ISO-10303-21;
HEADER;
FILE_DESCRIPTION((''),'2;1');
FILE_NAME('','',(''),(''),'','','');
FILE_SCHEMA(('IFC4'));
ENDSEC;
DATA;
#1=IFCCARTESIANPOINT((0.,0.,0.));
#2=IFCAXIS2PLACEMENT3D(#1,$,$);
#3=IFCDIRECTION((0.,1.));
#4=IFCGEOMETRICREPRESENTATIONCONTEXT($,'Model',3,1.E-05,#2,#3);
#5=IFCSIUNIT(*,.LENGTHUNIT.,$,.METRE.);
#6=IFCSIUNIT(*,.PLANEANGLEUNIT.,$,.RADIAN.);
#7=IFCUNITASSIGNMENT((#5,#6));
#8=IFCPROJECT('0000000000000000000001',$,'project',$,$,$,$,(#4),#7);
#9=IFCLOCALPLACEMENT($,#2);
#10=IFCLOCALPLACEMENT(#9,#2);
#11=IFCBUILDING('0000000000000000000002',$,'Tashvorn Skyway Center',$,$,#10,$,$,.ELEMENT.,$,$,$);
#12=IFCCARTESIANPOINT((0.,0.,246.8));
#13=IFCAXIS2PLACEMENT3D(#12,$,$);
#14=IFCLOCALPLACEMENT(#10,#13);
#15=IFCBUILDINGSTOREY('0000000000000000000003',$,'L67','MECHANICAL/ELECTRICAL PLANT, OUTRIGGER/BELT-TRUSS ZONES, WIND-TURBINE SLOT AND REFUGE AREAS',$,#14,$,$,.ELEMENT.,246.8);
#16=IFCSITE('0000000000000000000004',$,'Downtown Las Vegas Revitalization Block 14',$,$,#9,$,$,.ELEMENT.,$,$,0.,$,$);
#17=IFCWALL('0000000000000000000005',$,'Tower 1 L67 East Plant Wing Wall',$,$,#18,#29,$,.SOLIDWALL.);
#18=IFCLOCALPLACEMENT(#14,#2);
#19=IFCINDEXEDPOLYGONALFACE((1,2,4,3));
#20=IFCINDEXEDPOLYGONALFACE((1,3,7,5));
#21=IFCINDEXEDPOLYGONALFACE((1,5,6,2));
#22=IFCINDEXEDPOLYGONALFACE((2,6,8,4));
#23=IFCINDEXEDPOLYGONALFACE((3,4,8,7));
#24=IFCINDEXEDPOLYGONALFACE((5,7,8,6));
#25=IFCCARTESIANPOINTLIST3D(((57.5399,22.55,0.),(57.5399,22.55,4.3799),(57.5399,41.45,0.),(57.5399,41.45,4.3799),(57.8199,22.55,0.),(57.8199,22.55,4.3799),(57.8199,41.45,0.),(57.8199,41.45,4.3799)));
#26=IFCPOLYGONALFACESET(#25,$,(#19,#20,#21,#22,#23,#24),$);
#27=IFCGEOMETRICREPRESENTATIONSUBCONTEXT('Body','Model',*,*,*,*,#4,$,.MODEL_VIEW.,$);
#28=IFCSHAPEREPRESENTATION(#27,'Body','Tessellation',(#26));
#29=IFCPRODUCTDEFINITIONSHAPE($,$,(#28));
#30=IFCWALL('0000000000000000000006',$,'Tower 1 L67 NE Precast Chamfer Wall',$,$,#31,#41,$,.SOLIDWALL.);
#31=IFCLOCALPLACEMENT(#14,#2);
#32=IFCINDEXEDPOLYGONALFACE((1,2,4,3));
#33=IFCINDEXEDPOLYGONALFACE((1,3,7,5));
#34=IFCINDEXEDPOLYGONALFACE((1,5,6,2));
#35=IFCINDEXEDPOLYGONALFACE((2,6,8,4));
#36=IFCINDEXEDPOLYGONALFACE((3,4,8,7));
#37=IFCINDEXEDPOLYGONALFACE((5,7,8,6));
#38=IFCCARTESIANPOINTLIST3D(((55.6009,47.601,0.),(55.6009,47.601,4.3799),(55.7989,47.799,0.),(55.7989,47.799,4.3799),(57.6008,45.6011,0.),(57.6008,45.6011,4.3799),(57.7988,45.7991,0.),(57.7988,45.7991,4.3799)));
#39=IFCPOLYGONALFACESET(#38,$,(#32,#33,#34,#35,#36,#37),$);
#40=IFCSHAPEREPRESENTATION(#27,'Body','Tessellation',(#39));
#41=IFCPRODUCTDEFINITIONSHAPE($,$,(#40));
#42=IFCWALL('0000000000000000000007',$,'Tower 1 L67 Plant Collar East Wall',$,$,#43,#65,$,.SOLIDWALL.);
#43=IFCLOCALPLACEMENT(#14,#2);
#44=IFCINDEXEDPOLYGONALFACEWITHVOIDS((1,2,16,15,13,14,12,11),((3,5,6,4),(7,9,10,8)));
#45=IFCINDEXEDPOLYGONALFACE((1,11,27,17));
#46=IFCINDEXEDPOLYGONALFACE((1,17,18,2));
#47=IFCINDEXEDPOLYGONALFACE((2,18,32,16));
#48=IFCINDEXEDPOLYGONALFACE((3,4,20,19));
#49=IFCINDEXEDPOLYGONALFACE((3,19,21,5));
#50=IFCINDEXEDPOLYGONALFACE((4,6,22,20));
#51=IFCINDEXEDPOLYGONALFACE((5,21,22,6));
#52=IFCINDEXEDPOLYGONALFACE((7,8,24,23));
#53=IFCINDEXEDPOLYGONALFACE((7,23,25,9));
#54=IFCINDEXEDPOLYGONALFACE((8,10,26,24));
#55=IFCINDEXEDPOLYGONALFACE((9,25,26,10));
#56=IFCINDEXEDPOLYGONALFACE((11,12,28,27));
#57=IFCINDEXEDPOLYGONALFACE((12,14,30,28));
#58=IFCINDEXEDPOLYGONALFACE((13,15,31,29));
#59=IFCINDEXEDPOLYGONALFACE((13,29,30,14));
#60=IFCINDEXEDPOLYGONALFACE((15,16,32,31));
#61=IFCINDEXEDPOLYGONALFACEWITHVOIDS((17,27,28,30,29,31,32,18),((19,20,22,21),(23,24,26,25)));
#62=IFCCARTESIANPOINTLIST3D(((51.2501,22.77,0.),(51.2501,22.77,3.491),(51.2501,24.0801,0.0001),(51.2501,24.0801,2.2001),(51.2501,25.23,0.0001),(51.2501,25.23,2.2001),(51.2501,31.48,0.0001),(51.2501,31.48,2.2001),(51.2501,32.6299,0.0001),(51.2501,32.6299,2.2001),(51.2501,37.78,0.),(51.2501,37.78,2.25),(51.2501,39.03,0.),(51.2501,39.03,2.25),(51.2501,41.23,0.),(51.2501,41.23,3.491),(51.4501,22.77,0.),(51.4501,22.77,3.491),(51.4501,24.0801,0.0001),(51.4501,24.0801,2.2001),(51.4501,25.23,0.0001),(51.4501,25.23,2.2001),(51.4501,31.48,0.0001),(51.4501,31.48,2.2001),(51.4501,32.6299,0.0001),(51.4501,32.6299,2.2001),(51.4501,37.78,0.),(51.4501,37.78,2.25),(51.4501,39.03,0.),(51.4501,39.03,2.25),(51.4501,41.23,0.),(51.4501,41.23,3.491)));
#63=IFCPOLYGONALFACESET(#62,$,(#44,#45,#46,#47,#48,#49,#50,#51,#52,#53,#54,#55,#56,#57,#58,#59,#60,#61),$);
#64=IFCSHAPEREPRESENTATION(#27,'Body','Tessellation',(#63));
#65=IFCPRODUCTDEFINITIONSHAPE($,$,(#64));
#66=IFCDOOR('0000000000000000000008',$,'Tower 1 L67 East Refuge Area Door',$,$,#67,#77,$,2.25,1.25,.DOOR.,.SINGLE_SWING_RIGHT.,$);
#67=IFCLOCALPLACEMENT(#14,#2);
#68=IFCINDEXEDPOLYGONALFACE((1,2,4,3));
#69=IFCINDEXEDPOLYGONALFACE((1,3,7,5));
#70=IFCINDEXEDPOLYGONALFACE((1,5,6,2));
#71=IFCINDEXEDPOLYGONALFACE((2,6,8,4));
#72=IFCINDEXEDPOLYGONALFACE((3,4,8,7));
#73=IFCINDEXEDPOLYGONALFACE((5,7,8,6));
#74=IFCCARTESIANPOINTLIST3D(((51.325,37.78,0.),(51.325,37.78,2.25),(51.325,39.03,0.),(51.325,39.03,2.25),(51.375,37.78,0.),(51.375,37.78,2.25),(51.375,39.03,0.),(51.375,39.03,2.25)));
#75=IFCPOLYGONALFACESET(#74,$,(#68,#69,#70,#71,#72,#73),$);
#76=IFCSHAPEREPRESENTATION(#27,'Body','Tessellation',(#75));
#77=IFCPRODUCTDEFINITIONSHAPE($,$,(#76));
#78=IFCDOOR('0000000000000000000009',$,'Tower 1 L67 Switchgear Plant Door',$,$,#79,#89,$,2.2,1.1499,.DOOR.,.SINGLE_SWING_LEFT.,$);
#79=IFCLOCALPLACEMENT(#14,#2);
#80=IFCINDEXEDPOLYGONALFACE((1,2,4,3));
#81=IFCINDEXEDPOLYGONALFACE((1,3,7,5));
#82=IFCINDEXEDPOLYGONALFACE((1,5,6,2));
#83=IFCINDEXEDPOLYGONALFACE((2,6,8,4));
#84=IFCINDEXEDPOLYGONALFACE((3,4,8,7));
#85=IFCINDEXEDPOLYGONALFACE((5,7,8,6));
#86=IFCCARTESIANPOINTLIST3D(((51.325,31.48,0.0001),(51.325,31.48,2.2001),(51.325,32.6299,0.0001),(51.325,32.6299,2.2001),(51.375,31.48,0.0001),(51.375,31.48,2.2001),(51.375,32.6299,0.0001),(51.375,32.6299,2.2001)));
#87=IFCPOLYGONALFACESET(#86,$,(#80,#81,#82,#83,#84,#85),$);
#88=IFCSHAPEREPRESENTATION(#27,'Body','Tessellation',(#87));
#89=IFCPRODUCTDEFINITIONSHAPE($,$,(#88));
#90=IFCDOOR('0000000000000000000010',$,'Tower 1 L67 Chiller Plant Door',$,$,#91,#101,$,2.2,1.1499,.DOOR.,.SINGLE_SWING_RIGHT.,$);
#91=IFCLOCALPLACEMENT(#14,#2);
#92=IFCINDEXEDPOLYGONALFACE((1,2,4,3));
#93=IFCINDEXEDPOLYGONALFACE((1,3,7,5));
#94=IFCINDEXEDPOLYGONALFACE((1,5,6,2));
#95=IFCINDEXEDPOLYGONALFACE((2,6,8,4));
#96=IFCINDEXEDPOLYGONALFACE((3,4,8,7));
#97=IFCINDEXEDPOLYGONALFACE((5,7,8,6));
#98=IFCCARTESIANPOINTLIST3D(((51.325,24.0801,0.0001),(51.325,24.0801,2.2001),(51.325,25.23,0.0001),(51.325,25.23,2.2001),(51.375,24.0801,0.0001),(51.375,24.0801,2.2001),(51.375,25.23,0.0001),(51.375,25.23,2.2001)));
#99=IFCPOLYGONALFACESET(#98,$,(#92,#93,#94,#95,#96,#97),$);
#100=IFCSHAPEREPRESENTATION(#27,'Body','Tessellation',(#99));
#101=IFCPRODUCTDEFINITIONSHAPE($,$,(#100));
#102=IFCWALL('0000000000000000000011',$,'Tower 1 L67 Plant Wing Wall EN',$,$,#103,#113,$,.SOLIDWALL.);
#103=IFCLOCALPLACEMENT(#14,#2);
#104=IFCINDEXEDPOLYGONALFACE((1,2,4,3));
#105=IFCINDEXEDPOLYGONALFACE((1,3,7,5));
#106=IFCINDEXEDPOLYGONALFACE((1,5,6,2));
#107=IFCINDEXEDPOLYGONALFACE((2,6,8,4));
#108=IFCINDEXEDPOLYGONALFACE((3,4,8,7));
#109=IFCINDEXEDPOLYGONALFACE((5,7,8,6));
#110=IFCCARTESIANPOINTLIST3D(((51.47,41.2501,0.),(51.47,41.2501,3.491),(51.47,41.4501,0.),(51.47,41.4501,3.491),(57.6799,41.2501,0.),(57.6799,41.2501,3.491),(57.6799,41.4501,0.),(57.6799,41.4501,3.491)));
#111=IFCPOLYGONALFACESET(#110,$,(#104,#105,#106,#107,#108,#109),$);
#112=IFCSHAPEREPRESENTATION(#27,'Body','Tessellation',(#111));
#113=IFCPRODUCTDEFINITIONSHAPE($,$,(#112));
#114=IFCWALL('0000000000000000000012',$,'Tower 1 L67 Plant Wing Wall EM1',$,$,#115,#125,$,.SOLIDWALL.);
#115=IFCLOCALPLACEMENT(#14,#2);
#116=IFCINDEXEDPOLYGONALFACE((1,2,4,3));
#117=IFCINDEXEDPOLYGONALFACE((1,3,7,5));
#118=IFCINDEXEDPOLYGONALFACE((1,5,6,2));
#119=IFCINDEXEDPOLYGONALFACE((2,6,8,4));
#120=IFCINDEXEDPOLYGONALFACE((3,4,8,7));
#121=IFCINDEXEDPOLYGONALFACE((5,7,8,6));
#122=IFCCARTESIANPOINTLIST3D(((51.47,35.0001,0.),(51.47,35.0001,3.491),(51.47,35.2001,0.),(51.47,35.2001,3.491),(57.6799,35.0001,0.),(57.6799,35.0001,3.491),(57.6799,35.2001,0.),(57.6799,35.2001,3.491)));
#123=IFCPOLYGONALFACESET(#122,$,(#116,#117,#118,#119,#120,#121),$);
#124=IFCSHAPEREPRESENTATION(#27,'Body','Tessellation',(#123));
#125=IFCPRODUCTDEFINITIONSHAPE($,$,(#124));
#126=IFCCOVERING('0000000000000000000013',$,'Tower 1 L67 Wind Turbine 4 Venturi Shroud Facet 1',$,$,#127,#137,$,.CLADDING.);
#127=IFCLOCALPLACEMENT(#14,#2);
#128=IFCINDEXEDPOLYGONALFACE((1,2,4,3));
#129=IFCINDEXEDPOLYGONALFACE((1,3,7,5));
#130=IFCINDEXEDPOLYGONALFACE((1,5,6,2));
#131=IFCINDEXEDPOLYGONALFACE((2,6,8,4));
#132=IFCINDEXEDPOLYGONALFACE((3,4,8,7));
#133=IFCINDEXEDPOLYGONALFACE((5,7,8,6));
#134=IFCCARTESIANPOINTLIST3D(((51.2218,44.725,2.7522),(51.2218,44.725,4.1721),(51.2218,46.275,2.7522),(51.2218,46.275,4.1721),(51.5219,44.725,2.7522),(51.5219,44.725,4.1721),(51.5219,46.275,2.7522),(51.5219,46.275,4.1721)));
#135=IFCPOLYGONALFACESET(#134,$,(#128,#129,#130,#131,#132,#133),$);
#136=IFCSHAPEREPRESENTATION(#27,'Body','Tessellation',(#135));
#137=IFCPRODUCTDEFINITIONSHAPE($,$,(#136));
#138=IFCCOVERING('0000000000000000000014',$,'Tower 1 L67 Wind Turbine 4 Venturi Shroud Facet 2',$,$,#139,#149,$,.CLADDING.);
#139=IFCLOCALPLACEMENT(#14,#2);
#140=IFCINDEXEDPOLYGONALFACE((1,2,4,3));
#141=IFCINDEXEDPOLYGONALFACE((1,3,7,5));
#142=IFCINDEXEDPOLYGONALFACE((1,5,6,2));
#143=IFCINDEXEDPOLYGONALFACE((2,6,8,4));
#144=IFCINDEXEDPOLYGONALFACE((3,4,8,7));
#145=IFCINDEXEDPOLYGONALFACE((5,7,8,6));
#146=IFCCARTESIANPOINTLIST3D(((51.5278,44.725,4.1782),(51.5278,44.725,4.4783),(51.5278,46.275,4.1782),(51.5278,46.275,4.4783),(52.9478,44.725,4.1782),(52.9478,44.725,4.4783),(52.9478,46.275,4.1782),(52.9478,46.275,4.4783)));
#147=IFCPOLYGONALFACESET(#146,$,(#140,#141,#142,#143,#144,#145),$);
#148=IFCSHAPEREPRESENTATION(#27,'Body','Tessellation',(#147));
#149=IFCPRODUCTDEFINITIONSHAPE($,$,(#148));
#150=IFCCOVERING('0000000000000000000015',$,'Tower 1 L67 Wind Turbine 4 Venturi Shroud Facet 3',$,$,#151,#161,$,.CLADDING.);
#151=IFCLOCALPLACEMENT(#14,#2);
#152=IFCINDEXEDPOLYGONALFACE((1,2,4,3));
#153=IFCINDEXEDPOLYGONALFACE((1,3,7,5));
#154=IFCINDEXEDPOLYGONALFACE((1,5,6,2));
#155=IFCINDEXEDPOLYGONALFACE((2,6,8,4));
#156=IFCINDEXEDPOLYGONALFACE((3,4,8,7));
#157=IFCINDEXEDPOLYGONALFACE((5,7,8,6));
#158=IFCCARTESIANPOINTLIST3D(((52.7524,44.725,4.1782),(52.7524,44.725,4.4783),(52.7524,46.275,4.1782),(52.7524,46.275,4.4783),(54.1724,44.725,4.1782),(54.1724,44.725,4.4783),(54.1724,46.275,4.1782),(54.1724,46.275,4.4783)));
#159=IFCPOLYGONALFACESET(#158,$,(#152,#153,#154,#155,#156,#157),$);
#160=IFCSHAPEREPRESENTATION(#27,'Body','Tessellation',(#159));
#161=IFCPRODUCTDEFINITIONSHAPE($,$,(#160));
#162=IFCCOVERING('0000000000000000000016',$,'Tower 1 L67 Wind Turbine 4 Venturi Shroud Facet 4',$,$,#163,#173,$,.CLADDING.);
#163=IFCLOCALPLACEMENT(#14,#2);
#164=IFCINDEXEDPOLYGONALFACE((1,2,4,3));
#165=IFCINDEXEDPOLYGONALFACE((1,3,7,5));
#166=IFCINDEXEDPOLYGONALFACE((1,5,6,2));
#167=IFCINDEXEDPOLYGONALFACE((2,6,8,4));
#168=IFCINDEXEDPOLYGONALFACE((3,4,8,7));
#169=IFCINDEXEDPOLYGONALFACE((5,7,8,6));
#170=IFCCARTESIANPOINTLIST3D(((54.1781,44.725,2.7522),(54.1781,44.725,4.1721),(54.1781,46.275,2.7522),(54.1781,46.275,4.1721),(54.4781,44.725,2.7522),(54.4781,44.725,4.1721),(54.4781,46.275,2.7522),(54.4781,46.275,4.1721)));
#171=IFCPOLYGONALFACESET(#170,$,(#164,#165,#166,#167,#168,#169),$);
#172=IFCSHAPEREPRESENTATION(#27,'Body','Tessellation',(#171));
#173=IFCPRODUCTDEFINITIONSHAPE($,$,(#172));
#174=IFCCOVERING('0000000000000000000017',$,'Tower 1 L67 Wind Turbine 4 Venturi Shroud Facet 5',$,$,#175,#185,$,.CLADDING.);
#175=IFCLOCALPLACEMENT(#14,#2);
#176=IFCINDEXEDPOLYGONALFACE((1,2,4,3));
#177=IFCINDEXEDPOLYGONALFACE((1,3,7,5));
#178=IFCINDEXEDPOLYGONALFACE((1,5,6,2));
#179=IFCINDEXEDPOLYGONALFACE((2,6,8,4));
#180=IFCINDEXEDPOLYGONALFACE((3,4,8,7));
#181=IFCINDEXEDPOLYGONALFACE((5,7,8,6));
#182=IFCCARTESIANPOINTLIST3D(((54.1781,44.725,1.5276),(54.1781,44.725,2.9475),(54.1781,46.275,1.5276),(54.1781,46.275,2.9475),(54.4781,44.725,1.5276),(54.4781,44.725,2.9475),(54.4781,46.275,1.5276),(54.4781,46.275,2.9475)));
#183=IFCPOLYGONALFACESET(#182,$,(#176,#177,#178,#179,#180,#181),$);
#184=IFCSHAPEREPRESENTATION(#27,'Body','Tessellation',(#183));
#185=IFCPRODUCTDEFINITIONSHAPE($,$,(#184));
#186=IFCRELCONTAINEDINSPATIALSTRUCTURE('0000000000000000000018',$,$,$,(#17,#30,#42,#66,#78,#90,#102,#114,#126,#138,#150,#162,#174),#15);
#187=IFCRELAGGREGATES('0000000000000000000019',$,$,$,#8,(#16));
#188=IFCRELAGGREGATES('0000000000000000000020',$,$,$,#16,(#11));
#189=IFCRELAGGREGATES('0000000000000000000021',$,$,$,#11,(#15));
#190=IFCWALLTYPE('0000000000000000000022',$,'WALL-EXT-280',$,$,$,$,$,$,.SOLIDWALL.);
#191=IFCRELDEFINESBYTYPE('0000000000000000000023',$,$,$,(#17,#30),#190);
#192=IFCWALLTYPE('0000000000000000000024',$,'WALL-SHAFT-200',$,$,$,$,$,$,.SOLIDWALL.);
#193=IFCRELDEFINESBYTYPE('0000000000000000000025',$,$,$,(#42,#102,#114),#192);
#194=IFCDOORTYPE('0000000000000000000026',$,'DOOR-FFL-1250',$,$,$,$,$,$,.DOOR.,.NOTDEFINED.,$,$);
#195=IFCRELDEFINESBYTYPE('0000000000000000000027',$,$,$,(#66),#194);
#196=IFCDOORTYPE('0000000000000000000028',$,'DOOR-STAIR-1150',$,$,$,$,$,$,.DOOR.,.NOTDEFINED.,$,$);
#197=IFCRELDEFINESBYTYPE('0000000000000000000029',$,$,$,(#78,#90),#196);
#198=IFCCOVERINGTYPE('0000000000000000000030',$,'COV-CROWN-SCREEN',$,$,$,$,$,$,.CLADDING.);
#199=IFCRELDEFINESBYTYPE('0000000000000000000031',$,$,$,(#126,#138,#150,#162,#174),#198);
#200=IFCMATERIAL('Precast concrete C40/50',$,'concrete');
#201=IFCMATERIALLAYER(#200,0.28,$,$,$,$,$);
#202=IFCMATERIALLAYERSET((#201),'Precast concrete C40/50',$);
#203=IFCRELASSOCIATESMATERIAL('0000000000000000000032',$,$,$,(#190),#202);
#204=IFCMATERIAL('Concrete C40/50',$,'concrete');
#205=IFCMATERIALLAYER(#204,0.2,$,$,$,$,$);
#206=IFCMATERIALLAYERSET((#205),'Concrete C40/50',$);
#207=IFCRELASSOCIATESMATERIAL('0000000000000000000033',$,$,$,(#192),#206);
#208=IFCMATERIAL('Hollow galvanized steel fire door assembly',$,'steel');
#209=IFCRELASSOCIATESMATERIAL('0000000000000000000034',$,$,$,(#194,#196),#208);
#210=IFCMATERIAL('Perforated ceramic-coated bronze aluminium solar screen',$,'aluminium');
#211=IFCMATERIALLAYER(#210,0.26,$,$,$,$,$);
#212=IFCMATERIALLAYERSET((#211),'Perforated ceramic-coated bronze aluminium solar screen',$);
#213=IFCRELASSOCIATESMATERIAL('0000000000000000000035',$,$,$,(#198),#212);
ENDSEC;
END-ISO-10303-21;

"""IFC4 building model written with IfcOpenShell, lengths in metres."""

from ifc_helpers import new_model, si_unit, direction, frame, frame_2d, origin, origin_2d, place, context, subcontext, project, spatial, rectangle, extrude, material, layer, layer_set, type_object, element, fill, save


model = new_model("IFC4")

# Units and contexts
model_context = context("Model", 3, precision=1e-05, world=origin(), true_north=direction((0.0, 1.0)))
body_context = subcontext(model_context, "Body", "Model", "MODEL_VIEW")
ifc_project = project(units=[si_unit("LENGTHUNIT", "METRE"), si_unit("PLANEANGLEUNIT", "RADIAN")], contexts=[model_context])

# Site, building, storey
site_placement = place(None, origin())
site = spatial("IfcSite", under=ifc_project, at=site_placement, Name="Downtown Las Vegas Revitalization Block 14", CompositionType="ELEMENT", RefElevation=0.0)
building_placement = place(site_placement, origin())
building = spatial("IfcBuilding", under=site, at=building_placement, Name="Tashvorn Skyway Center", CompositionType="ELEMENT")
storey_placement = place(building_placement, frame((0.0, 0.0, 246.8)))
storey = spatial("IfcBuildingStorey", under=building, at=storey_placement, Name="L67", Description="MECHANICAL/ELECTRICAL PLANT, OUTRIGGER/BELT-TRUSS ZONES, WIND-TURBINE SLOT AND REFUGE AREAS", CompositionType="ELEMENT", Elevation=246.8)

# Walls
ifc_material_1 = material(Name="Precast concrete C40/50", Category="concrete")
ifc_layer_1 = layer(ifc_material_1, 0.28)
ifc_layer_set_1 = layer_set([ifc_layer_1], Name="Precast concrete C40/50")
wall_type_1 = type_object("IfcWallType", Name="WALL-EXT-280", PredefinedType="SOLIDWALL", material=ifc_layer_set_1)
wall_1_placement = place(storey_placement, frame((57.6799, 41.45, 0.0), z_axis=(0.0, 0.0, 1.0), x_axis=(0.0, -1.0, 0.0)))
element("IfcWall", 1, at=wall_1_placement, inside=storey, type_object=wall_type_1, Name="Tower 1 L67 East Plant Wing Wall", PredefinedType="SOLIDWALL", context=body_context, shape_type="SweptSolid", body=[
    extrude(rectangle(XDim=18.8999, YDim=0.28, at=frame_2d((9.45, 0.0))), origin(), (0.0, 0.0, 1.0), 4.3799),
])
wall_2_placement = place(storey_placement, frame((55.7, 47.7, 0.0), z_axis=(0.0, 0.0, 1.0), x_axis=(0.707107, -0.707107, 0.0)))
element("IfcWall", 2, at=wall_2_placement, inside=storey, type_object=wall_type_1, Name="Tower 1 L67 NE Precast Chamfer Wall", PredefinedType="SOLIDWALL", context=body_context, shape_type="SweptSolid", body=[
    extrude(rectangle(XDim=2.8284, YDim=0.28, at=frame_2d((1.4141, 0.0))), origin(), (0.0, 0.0, 1.0), 4.3799),
])

# Wall, openings, doors
ifc_material_2 = material(Name="Concrete C40/50", Category="concrete")
ifc_layer_2 = layer(ifc_material_2, 0.2)
ifc_layer_set_2 = layer_set([ifc_layer_2], Name="Concrete C40/50")
wall_type_2 = type_object("IfcWallType", Name="WALL-SHAFT-200", PredefinedType="SOLIDWALL", material=ifc_layer_set_2)
wall_3_placement = place(storey_placement, frame((51.3501, 41.23, 0.0), z_axis=(0.0, 0.0, 1.0), x_axis=(0.0, -1.0, 0.0)))
wall_3 = element("IfcWall", 3, at=wall_3_placement, inside=storey, type_object=wall_type_2, Name="Tower 1 L67 Plant Collar East Wall", PredefinedType="SOLIDWALL", context=body_context, shape_type="SweptSolid", body=[
    extrude(rectangle(XDim=18.46, YDim=0.2, at=frame_2d((9.23, 0.0))), origin(), (0.0, 0.0, 1.0), 3.491),
])
opening_1_placement = place(wall_3_placement, frame((2.2, 0.0, 0.0)))
opening_1 = element("IfcOpeningElement", 4, at=opening_1_placement, cuts=wall_3, PredefinedType="OPENING", context=body_context, shape_type="SweptSolid", body=[
    extrude(rectangle(XDim=1.25, YDim=2.25, at=frame_2d((0.625, 1.125))), frame((0.0, 0.1099, 0.0), z_axis=(0.0, -1.0, 0.0), x_axis=(1.0, 0.0, 0.0)), (0.0, 0.0, 1.0), 0.22),
])
opening_2_placement = place(wall_3_placement, frame((8.6001, 0.0, 0.0)))
opening_2 = element("IfcOpeningElement", 5, at=opening_2_placement, cuts=wall_3, PredefinedType="OPENING", context=body_context, shape_type="SweptSolid", body=[
    extrude(rectangle(XDim=1.1499, YDim=2.2, at=frame_2d((0.575, 1.1001))), frame((0.0, 0.1099, 0.0), z_axis=(0.0, -1.0, 0.0), x_axis=(1.0, 0.0, 0.0)), (0.0, 0.0, 1.0), 0.22),
])
opening_3_placement = place(wall_3_placement, frame((16.0, 0.0, 0.0)))
opening_3 = element("IfcOpeningElement", 6, at=opening_3_placement, cuts=wall_3, PredefinedType="OPENING", context=body_context, shape_type="SweptSolid", body=[
    extrude(rectangle(XDim=1.1499, YDim=2.2, at=frame_2d((0.575, 1.1001))), frame((0.0, 0.1099, 0.0), z_axis=(0.0, -1.0, 0.0), x_axis=(1.0, 0.0, 0.0)), (0.0, 0.0, 1.0), 0.22),
])
ifc_material_3 = material(Name="Hollow galvanized steel fire door assembly", Category="steel")
door_type_1 = type_object("IfcDoorType", Name="DOOR-FFL-1250", OperationType="NOTDEFINED", PredefinedType="DOOR", material=ifc_material_3)
door_1_placement = place(opening_1_placement, origin())
door_1 = element("IfcDoor", 7, at=door_1_placement, inside=storey, type_object=door_type_1, Name="Tower 1 L67 East Refuge Area Door", OperationType="SINGLE_SWING_RIGHT", OverallHeight=2.25, OverallWidth=1.25, PredefinedType="DOOR", context=body_context, shape_type="SweptSolid", body=[
    extrude(rectangle(XDim=1.25, YDim=2.25, at=frame_2d((0.625, 1.125))), frame((0.0, 0.0249, 0.0), z_axis=(0.0, -1.0, 0.0), x_axis=(1.0, 0.0, 0.0)), (0.0, 0.0, 1.0), 0.05),
])
fill(opening_1, door_1)
door_type_2 = type_object("IfcDoorType", Name="DOOR-STAIR-1150", OperationType="NOTDEFINED", PredefinedType="DOOR", material=ifc_material_3)
door_2_placement = place(opening_2_placement, origin())
door_2 = element("IfcDoor", 8, at=door_2_placement, inside=storey, type_object=door_type_2, Name="Tower 1 L67 Switchgear Plant Door", OperationType="SINGLE_SWING_LEFT", OverallHeight=2.2, OverallWidth=1.1499, PredefinedType="DOOR", context=body_context, shape_type="SweptSolid", body=[
    extrude(rectangle(XDim=1.1499, YDim=2.2, at=frame_2d((0.575, 1.1001))), frame((0.0, 0.0249, 0.0), z_axis=(0.0, -1.0, 0.0), x_axis=(1.0, 0.0, 0.0)), (0.0, 0.0, 1.0), 0.05),
])
fill(opening_2, door_2)
door_3_placement = place(opening_3_placement, origin())
door_3 = element("IfcDoor", 9, at=door_3_placement, inside=storey, type_object=door_type_2, Name="Tower 1 L67 Chiller Plant Door", OperationType="SINGLE_SWING_RIGHT", OverallHeight=2.2, OverallWidth=1.1499, PredefinedType="DOOR", context=body_context, shape_type="SweptSolid", body=[
    extrude(rectangle(XDim=1.1499, YDim=2.2, at=frame_2d((0.575, 1.1001))), frame((0.0, 0.0249, 0.0), z_axis=(0.0, -1.0, 0.0), x_axis=(1.0, 0.0, 0.0)), (0.0, 0.0, 1.0), 0.05),
])
fill(opening_3, door_3)

# Walls
for number, where, z_axis, x_axis, name in (
    (10, (51.47, 41.3501, 0.0), (0.0, 0.0, 1.0), (1.0, 0.0, 0.0), "Tower 1 L67 Plant Wing Wall EN"),
    (11, (51.47, 35.1001, 0.0), (0.0, 0.0, 1.0), (1.0, 0.0, 0.0), "Tower 1 L67 Plant Wing Wall EM1"),
):
    element("IfcWall", number, at=place(storey_placement, frame(where, z_axis=z_axis, x_axis=x_axis)), inside=storey, type_object=wall_type_2, Name=name, PredefinedType="SOLIDWALL", context=body_context, shape_type="SweptSolid", body=[
        extrude(rectangle(XDim=6.21, YDim=0.2, at=frame_2d((3.105, 0.0))), origin(), (0.0, 0.0, 1.0), 3.491),
    ])

# Coverings
ifc_material_4 = material(Name="Perforated ceramic-coated bronze aluminium solar screen", Category="aluminium")
ifc_layer_3 = layer(ifc_material_4, 0.26)
ifc_layer_set_3 = layer_set([ifc_layer_3], Name="Perforated ceramic-coated bronze aluminium solar screen")
covering_type_1 = type_object("IfcCoveringType", Name="COV-CROWN-SCREEN", PredefinedType="CLADDING", material=ifc_layer_set_3)
covering_1_placement = place(storey_placement, frame((51.3718, 45.5, 2.7522), z_axis=(0.0, 0.0, 1.0), x_axis=(-1.0, 0.0, 0.0)))
element("IfcCovering", 12, at=covering_1_placement, inside=storey, type_object=covering_type_1, Name="Tower 1 L67 Wind Turbine 4 Venturi Shroud Facet 1", PredefinedType="CLADDING", context=body_context, shape_type="SweptSolid", body=[
    extrude(rectangle(XDim=0.3, YDim=1.55, at=origin_2d()), origin(), (0.0, 0.0, 1.0), 1.4199),
])
for number, where, z_axis, x_axis, name in (
    (13, (52.2378, 45.5, 4.1782), (0.0, 0.0, 1.0), (-1.0, 0.0, 0.0), "Tower 1 L67 Wind Turbine 4 Venturi Shroud Facet 2"),
    (14, (53.4624, 45.5, 4.1782), (0.0, 0.0, 1.0), (-1.0, 0.0, 0.0), "Tower 1 L67 Wind Turbine 4 Venturi Shroud Facet 3"),
):
    element("IfcCovering", number, at=place(storey_placement, frame(where, z_axis=z_axis, x_axis=x_axis)), inside=storey, type_object=covering_type_1, Name=name, PredefinedType="CLADDING", context=body_context, shape_type="SweptSolid", body=[
        extrude(rectangle(XDim=1.4199, YDim=1.55, at=origin_2d()), origin(), (0.0, 0.0, 1.0), 0.3),
    ])
for number, where, z_axis, x_axis, name in (
    (15, (54.3281, 45.5, 2.7522), (0.0, 0.0, 1.0), (-1.0, 0.0, 0.0), "Tower 1 L67 Wind Turbine 4 Venturi Shroud Facet 4"),
    (16, (54.3281, 45.5, 1.5276), (0.0, 0.0, 1.0), (-1.0, 0.0, 0.0), "Tower 1 L67 Wind Turbine 4 Venturi Shroud Facet 5"),
):
    element("IfcCovering", number, at=place(storey_placement, frame(where, z_axis=z_axis, x_axis=x_axis)), inside=storey, type_object=covering_type_1, Name=name, PredefinedType="CLADDING", context=body_context, shape_type="SweptSolid", body=[
        extrude(rectangle(XDim=0.3, YDim=1.55, at=origin_2d()), origin(), (0.0, 0.0, 1.0), 1.4199),
    ])

save(model, "model.ifc")
